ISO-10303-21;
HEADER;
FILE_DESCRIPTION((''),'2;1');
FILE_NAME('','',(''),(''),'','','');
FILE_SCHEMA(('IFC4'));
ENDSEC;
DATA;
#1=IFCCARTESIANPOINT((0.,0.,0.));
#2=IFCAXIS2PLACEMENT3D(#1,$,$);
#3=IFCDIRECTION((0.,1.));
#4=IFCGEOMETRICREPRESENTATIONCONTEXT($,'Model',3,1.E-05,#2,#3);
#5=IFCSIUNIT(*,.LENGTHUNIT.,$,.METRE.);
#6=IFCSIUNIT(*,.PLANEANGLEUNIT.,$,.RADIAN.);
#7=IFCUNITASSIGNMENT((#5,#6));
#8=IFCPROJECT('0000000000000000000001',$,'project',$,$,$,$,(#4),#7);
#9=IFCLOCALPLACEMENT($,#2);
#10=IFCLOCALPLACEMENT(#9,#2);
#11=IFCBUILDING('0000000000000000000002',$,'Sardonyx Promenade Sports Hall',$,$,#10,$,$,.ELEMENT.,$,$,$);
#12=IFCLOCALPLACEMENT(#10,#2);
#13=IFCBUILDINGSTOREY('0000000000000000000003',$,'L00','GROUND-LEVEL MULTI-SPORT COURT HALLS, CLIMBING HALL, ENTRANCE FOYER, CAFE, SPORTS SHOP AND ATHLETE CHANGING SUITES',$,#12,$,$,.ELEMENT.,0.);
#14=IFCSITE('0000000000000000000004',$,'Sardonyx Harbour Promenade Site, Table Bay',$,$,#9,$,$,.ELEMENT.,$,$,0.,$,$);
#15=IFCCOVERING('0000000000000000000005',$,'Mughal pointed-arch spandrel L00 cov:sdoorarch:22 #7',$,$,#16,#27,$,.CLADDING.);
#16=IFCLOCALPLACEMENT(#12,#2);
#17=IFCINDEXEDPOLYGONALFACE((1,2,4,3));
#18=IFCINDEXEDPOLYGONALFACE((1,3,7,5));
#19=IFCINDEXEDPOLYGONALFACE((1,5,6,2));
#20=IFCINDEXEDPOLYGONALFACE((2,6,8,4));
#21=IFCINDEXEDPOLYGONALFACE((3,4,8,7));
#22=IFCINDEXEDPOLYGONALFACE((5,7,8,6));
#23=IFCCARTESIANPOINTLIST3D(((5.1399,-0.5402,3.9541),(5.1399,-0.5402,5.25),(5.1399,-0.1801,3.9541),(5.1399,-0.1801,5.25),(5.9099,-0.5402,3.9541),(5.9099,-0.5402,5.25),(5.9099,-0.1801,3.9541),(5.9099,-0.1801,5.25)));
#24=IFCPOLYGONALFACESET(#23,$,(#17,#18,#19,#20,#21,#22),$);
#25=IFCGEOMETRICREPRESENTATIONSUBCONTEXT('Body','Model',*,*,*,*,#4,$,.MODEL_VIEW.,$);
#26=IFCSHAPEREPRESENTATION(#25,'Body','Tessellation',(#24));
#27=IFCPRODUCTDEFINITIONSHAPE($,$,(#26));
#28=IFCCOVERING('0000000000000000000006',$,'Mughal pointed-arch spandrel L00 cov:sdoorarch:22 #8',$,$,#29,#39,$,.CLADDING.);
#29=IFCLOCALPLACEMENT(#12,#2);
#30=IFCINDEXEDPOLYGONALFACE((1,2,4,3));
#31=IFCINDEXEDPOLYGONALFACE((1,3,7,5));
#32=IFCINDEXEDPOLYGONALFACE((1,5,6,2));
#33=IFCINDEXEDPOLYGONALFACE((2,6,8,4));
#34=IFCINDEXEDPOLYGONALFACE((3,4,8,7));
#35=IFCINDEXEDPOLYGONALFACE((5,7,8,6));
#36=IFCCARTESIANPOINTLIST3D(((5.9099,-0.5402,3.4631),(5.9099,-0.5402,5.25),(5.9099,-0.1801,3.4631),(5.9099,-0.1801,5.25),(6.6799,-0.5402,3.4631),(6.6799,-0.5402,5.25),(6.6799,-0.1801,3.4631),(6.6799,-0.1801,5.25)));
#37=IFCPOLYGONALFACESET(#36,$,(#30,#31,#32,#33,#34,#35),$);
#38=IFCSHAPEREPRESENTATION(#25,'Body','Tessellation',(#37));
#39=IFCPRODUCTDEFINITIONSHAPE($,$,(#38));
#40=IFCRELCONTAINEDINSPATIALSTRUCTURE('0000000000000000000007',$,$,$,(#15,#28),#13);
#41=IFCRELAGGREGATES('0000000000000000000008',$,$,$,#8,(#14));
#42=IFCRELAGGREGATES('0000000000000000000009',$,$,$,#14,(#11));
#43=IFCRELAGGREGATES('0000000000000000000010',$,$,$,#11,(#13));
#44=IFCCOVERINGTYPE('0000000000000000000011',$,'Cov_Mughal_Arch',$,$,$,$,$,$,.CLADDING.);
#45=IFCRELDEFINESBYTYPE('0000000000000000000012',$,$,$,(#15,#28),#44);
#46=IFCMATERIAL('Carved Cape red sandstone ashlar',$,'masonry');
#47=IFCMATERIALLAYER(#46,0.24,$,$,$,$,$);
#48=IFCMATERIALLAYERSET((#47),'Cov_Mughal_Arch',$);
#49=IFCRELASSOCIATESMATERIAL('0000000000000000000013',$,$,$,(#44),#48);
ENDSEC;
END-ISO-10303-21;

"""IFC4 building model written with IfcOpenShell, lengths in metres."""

from ifc_helpers import new_model, si_unit, direction, frame, frame_2d, origin, place, context, subcontext, project, spatial, rectangle, extrude, material, layer, layer_set, type_object, element, save


model = new_model("IFC4")

# Units and contexts
model_context = context("Model", 3, precision=1e-05, world=origin(), true_north=direction((0.0, 1.0)))
body_context = subcontext(model_context, "Body", "Model", "MODEL_VIEW")
ifc_project = project(units=[si_unit("LENGTHUNIT", "METRE"), si_unit("PLANEANGLEUNIT", "RADIAN")], contexts=[model_context])

# Site, building, storey
site_placement = place(None, origin())
site = spatial("IfcSite", under=ifc_project, at=site_placement, Name="Sardonyx Harbour Promenade Site, Table Bay", CompositionType="ELEMENT", RefElevation=0.0)
building_placement = place(site_placement, origin())
building = spatial("IfcBuilding", under=site, at=building_placement, Name="Sardonyx Promenade Sports Hall", CompositionType="ELEMENT")
storey_placement = place(building_placement, origin())
storey = spatial("IfcBuildingStorey", under=building, at=storey_placement, Name="L00", Description="GROUND-LEVEL MULTI-SPORT COURT HALLS, CLIMBING HALL, ENTRANCE FOYER, CAFE, SPORTS SHOP AND ATHLETE CHANGING SUITES", CompositionType="ELEMENT", Elevation=0.0)

# Coverings
ifc_material_1 = material(Name="Carved Cape red sandstone ashlar", Category="masonry")
ifc_layer_1 = layer(ifc_material_1, 0.24)
ifc_layer_set_1 = layer_set([ifc_layer_1], Name="Cov_Mughal_Arch")
covering_type_1 = type_object("IfcCoveringType", Name="Cov_Mughal_Arch", PredefinedType="CLADDING", material=ifc_layer_set_1)
covering_1_placement = place(storey_placement, frame((5.1399, -0.3601, 3.9541), z_axis=(0.0, 0.0, 1.0), x_axis=(1.0, 0.0, 0.0)))
element("IfcCovering", 1, at=covering_1_placement, inside=storey, type_object=covering_type_1, Name="Mughal pointed-arch spandrel L00 cov:sdoorarch:22 #7", PredefinedType="CLADDING", context=body_context, shape_type="SweptSolid", body=[
    extrude(rectangle(XDim=0.77, YDim=0.3601, at=frame_2d((0.385, 0.0))), origin(), (0.0, 0.0, 1.0), 1.2959),
])
covering_2_placement = place(storey_placement, frame((5.9099, -0.3601, 3.4631), z_axis=(0.0, 0.0, 1.0), x_axis=(1.0, 0.0, 0.0)))
element("IfcCovering", 2, at=covering_2_placement, inside=storey, type_object=covering_type_1, Name="Mughal pointed-arch spandrel L00 cov:sdoorarch:22 #8", PredefinedType="CLADDING", context=body_context, shape_type="SweptSolid", body=[
    extrude(rectangle(XDim=0.77, YDim=0.3601, at=frame_2d((0.385, 0.0))), origin(), (0.0, 0.0, 1.0), 1.7869),
])

save(model, "model.ifc")
